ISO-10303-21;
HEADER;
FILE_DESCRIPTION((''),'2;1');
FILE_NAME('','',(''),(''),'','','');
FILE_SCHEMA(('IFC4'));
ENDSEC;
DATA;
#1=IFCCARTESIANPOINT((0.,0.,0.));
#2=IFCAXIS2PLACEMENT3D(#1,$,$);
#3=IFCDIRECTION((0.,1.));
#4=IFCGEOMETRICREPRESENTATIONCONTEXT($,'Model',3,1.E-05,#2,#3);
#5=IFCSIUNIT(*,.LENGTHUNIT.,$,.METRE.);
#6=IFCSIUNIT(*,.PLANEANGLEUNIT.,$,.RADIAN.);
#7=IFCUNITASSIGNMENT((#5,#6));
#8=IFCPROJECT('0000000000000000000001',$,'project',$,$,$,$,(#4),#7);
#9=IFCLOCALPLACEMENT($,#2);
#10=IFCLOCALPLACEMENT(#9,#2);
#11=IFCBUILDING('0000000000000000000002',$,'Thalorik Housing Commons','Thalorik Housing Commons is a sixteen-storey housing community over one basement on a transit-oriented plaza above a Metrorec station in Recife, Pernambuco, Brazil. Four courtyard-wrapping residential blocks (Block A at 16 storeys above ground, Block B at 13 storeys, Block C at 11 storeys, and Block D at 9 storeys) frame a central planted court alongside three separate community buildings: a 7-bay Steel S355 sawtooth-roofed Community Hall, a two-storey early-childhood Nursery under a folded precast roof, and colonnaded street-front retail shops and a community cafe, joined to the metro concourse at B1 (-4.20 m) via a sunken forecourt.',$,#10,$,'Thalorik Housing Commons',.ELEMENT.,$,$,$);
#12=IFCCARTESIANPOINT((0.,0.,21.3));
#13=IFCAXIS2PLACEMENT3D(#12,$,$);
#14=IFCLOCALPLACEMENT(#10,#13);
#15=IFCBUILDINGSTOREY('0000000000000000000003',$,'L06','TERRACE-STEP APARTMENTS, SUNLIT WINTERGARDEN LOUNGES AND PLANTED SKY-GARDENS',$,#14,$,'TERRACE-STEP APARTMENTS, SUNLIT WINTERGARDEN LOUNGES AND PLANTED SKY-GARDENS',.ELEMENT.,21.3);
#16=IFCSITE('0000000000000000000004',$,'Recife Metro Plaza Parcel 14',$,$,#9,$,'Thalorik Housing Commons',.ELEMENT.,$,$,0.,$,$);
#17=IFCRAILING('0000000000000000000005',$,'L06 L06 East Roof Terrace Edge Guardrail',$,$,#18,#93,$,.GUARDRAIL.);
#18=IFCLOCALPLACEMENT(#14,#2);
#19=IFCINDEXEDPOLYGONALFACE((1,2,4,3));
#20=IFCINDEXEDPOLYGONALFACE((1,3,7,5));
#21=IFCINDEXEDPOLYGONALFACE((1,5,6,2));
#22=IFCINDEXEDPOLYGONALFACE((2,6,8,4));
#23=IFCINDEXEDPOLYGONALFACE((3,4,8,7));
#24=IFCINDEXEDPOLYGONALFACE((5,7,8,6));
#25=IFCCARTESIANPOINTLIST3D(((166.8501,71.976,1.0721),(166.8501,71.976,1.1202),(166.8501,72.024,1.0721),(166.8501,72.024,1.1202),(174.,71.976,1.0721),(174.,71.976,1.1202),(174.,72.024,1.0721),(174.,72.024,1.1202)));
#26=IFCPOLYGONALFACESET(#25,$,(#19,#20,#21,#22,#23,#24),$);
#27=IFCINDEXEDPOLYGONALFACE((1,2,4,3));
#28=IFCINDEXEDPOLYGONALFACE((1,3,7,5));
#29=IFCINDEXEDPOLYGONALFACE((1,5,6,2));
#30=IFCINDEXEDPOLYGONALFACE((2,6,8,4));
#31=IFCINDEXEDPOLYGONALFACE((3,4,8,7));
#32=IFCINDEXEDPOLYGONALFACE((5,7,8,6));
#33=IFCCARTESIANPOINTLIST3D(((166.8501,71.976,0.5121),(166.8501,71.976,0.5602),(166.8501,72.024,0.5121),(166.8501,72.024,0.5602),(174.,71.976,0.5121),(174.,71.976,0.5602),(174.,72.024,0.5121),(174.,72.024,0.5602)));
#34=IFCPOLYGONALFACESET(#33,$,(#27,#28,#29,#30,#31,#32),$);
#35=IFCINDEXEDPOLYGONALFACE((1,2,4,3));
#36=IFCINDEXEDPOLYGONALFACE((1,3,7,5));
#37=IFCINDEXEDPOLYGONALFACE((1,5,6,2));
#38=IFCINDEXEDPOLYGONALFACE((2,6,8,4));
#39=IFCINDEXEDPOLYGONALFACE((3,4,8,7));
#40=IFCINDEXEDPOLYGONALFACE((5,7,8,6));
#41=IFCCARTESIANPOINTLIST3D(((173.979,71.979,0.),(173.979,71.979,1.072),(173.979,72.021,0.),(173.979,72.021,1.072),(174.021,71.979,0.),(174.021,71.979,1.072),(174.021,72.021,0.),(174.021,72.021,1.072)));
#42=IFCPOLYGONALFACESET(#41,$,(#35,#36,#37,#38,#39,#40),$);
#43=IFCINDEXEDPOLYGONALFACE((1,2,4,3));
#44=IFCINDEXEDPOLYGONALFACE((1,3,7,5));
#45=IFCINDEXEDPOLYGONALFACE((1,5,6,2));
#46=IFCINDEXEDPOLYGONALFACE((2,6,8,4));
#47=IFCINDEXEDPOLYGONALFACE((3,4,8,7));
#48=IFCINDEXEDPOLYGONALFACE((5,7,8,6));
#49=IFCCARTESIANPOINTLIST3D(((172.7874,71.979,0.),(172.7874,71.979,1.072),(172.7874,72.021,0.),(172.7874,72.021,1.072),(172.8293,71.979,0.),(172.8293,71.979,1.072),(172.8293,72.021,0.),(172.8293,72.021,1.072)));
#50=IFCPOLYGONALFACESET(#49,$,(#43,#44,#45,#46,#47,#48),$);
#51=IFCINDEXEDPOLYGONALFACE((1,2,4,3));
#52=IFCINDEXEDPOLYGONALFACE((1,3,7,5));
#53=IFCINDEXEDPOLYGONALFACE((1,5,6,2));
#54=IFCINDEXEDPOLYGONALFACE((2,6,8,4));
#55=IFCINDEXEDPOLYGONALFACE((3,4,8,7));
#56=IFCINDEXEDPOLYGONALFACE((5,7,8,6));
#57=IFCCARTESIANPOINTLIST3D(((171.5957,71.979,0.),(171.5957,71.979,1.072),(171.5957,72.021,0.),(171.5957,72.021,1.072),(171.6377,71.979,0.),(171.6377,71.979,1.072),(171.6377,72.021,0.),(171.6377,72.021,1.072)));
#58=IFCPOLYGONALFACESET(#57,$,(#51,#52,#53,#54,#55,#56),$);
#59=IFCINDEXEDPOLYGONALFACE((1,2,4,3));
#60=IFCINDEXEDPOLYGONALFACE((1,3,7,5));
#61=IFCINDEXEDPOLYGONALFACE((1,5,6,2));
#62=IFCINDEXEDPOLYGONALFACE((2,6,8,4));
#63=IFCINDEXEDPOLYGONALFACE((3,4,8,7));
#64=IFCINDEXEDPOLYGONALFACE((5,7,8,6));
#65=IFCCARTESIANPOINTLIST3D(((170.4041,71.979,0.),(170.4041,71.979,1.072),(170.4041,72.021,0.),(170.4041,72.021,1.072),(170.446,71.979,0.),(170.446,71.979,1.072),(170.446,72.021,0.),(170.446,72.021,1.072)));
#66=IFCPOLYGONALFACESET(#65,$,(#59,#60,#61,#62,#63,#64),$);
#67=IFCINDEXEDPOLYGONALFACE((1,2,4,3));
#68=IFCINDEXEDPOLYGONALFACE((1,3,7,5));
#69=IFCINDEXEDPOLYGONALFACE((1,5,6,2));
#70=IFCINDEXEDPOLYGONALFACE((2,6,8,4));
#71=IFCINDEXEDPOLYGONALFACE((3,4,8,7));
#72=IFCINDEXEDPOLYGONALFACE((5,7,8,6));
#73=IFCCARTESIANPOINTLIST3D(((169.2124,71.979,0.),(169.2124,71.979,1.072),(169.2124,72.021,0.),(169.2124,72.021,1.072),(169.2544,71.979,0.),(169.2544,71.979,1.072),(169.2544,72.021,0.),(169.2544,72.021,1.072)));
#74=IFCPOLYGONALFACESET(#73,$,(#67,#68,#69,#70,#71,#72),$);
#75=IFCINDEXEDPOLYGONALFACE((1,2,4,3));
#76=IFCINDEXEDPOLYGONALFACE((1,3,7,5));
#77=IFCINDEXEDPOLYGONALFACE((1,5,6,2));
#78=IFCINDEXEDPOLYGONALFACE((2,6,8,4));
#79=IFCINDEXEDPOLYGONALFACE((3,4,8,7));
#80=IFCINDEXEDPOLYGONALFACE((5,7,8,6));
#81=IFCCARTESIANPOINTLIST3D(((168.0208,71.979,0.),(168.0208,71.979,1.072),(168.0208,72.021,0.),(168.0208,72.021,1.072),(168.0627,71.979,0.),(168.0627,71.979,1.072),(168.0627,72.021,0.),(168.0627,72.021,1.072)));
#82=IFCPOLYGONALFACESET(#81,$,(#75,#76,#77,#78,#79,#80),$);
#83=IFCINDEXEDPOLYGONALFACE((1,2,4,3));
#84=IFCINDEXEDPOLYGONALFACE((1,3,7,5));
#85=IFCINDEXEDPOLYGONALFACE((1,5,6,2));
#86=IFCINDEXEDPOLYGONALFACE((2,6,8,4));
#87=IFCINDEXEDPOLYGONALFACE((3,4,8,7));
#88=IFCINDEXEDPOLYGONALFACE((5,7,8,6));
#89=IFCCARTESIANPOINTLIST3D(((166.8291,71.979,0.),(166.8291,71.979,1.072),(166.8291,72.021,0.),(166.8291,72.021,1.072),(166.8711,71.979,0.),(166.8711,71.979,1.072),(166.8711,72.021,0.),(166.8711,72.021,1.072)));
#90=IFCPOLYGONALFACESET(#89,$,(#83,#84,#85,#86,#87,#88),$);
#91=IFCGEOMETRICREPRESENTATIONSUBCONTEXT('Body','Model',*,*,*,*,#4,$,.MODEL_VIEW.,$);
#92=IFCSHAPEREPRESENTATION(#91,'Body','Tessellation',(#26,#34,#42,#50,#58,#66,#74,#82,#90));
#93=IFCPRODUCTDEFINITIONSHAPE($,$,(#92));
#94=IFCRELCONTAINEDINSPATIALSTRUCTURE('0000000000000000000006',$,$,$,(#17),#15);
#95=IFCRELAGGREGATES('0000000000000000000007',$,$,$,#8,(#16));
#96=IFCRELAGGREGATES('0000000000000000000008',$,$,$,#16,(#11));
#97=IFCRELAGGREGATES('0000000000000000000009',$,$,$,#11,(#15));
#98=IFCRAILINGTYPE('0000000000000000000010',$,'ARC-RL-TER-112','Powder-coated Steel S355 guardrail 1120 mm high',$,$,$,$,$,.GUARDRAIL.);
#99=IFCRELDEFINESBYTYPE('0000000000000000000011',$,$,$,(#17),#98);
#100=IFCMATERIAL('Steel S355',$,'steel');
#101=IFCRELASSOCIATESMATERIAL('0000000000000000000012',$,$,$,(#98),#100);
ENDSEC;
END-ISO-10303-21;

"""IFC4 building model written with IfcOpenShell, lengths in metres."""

from ifc_helpers import new_model, si_unit, direction, frame, origin, origin_2d, place, context, subcontext, project, spatial, rectangle, extrude, material, type_object, element, save


model = new_model("IFC4")

# Units and contexts
model_context = context("Model", 3, precision=1e-05, world=origin(), true_north=direction((0.0, 1.0)))
body_context = subcontext(model_context, "Body", "Model", "MODEL_VIEW")
ifc_project = project(units=[si_unit("LENGTHUNIT", "METRE"), si_unit("PLANEANGLEUNIT", "RADIAN")], contexts=[model_context])

# Site, building, storey
site_placement = place(None, origin())
site = spatial("IfcSite", under=ifc_project, at=site_placement, Name="Recife Metro Plaza Parcel 14", LongName="Thalorik Housing Commons", CompositionType="ELEMENT", RefElevation=0.0)
building_placement = place(site_placement, origin())
building = spatial("IfcBuilding", under=site, at=building_placement, Name="Thalorik Housing Commons", Description="Thalorik Housing Commons is a sixteen-storey housing community over one basement on a transit-oriented plaza above a Metrorec station in Recife, Pernambuco, Brazil. Four courtyard-wrapping residential blocks (Block A at 16 storeys above ground, Block B at 13 storeys, Block C at 11 storeys, and Block D at 9 storeys) frame a central planted court alongside three separate community buildings: a 7-bay Steel S355 sawtooth-roofed Community Hall, a two-storey early-childhood Nursery under a folded precast roof, and colonnaded street-front retail shops and a community cafe, joined to the metro concourse at B1 (-4.20 m) via a sunken forecourt.", LongName="Thalorik Housing Commons", CompositionType="ELEMENT")
storey_placement = place(building_placement, frame((0.0, 0.0, 21.3)))
storey = spatial("IfcBuildingStorey", under=building, at=storey_placement, Name="L06", Description="TERRACE-STEP APARTMENTS, SUNLIT WINTERGARDEN LOUNGES AND PLANTED SKY-GARDENS", LongName="TERRACE-STEP APARTMENTS, SUNLIT WINTERGARDEN LOUNGES AND PLANTED SKY-GARDENS", CompositionType="ELEMENT", Elevation=21.3)

# Shared definitions
ifc_material_1 = material(Name="Steel S355", Category="steel")

# Railing
railing_type_1 = type_object("IfcRailingType", Name="ARC-RL-TER-112", Description="Powder-coated Steel S355 guardrail 1120 mm high", PredefinedType="GUARDRAIL", material=ifc_material_1)
railing_1_placement = place(storey_placement, frame((174.0, 72.0, 0.0)))
element("IfcRailing", 1, at=railing_1_placement, inside=storey, type_object=railing_type_1, Name="L06 L06 East Roof Terrace Edge Guardrail", PredefinedType="GUARDRAIL", context=body_context, shape_type="SweptSolid", body=[
    extrude(rectangle(XDim=0.0481, YDim=0.0481, at=origin_2d()), frame((0.0, 0.0, 1.0962), z_axis=(-1.0, 0.0, 0.0), x_axis=(0.0, -1.0, 0.0)), (0.0, 0.0, 1.0), 7.1499),
    extrude(rectangle(XDim=0.0481, YDim=0.0481, at=origin_2d()), frame((0.0, 0.0, 0.5361), z_axis=(-1.0, 0.0, 0.0), x_axis=(0.0, -1.0, 0.0)), (0.0, 0.0, 1.0), 7.1499),
    extrude(rectangle(XDim=0.042, YDim=0.042, at=origin_2d()), origin(), (0.0, 0.0, 1.0), 1.072),
    extrude(rectangle(XDim=0.042, YDim=0.042, at=origin_2d()), frame((-1.1917, 0.0, 0.0)), (0.0, 0.0, 1.0), 1.072),
    extrude(rectangle(XDim=0.042, YDim=0.042, at=origin_2d()), frame((-2.3833, 0.0, 0.0)), (0.0, 0.0, 1.0), 1.072),
    extrude(rectangle(XDim=0.042, YDim=0.042, at=origin_2d()), frame((-3.575, 0.0, 0.0)), (0.0, 0.0, 1.0), 1.072),
    extrude(rectangle(XDim=0.042, YDim=0.042, at=origin_2d()), frame((-4.7666, 0.0, 0.0)), (0.0, 0.0, 1.0), 1.072),
    extrude(rectangle(XDim=0.042, YDim=0.042, at=origin_2d()), frame((-5.9583, 0.0, 0.0)), (0.0, 0.0, 1.0), 1.072),
    extrude(rectangle(XDim=0.042, YDim=0.042, at=origin_2d()), frame((-7.1499, 0.0, 0.0)), (0.0, 0.0, 1.0), 1.072),
])

save(model, "model.ifc")
